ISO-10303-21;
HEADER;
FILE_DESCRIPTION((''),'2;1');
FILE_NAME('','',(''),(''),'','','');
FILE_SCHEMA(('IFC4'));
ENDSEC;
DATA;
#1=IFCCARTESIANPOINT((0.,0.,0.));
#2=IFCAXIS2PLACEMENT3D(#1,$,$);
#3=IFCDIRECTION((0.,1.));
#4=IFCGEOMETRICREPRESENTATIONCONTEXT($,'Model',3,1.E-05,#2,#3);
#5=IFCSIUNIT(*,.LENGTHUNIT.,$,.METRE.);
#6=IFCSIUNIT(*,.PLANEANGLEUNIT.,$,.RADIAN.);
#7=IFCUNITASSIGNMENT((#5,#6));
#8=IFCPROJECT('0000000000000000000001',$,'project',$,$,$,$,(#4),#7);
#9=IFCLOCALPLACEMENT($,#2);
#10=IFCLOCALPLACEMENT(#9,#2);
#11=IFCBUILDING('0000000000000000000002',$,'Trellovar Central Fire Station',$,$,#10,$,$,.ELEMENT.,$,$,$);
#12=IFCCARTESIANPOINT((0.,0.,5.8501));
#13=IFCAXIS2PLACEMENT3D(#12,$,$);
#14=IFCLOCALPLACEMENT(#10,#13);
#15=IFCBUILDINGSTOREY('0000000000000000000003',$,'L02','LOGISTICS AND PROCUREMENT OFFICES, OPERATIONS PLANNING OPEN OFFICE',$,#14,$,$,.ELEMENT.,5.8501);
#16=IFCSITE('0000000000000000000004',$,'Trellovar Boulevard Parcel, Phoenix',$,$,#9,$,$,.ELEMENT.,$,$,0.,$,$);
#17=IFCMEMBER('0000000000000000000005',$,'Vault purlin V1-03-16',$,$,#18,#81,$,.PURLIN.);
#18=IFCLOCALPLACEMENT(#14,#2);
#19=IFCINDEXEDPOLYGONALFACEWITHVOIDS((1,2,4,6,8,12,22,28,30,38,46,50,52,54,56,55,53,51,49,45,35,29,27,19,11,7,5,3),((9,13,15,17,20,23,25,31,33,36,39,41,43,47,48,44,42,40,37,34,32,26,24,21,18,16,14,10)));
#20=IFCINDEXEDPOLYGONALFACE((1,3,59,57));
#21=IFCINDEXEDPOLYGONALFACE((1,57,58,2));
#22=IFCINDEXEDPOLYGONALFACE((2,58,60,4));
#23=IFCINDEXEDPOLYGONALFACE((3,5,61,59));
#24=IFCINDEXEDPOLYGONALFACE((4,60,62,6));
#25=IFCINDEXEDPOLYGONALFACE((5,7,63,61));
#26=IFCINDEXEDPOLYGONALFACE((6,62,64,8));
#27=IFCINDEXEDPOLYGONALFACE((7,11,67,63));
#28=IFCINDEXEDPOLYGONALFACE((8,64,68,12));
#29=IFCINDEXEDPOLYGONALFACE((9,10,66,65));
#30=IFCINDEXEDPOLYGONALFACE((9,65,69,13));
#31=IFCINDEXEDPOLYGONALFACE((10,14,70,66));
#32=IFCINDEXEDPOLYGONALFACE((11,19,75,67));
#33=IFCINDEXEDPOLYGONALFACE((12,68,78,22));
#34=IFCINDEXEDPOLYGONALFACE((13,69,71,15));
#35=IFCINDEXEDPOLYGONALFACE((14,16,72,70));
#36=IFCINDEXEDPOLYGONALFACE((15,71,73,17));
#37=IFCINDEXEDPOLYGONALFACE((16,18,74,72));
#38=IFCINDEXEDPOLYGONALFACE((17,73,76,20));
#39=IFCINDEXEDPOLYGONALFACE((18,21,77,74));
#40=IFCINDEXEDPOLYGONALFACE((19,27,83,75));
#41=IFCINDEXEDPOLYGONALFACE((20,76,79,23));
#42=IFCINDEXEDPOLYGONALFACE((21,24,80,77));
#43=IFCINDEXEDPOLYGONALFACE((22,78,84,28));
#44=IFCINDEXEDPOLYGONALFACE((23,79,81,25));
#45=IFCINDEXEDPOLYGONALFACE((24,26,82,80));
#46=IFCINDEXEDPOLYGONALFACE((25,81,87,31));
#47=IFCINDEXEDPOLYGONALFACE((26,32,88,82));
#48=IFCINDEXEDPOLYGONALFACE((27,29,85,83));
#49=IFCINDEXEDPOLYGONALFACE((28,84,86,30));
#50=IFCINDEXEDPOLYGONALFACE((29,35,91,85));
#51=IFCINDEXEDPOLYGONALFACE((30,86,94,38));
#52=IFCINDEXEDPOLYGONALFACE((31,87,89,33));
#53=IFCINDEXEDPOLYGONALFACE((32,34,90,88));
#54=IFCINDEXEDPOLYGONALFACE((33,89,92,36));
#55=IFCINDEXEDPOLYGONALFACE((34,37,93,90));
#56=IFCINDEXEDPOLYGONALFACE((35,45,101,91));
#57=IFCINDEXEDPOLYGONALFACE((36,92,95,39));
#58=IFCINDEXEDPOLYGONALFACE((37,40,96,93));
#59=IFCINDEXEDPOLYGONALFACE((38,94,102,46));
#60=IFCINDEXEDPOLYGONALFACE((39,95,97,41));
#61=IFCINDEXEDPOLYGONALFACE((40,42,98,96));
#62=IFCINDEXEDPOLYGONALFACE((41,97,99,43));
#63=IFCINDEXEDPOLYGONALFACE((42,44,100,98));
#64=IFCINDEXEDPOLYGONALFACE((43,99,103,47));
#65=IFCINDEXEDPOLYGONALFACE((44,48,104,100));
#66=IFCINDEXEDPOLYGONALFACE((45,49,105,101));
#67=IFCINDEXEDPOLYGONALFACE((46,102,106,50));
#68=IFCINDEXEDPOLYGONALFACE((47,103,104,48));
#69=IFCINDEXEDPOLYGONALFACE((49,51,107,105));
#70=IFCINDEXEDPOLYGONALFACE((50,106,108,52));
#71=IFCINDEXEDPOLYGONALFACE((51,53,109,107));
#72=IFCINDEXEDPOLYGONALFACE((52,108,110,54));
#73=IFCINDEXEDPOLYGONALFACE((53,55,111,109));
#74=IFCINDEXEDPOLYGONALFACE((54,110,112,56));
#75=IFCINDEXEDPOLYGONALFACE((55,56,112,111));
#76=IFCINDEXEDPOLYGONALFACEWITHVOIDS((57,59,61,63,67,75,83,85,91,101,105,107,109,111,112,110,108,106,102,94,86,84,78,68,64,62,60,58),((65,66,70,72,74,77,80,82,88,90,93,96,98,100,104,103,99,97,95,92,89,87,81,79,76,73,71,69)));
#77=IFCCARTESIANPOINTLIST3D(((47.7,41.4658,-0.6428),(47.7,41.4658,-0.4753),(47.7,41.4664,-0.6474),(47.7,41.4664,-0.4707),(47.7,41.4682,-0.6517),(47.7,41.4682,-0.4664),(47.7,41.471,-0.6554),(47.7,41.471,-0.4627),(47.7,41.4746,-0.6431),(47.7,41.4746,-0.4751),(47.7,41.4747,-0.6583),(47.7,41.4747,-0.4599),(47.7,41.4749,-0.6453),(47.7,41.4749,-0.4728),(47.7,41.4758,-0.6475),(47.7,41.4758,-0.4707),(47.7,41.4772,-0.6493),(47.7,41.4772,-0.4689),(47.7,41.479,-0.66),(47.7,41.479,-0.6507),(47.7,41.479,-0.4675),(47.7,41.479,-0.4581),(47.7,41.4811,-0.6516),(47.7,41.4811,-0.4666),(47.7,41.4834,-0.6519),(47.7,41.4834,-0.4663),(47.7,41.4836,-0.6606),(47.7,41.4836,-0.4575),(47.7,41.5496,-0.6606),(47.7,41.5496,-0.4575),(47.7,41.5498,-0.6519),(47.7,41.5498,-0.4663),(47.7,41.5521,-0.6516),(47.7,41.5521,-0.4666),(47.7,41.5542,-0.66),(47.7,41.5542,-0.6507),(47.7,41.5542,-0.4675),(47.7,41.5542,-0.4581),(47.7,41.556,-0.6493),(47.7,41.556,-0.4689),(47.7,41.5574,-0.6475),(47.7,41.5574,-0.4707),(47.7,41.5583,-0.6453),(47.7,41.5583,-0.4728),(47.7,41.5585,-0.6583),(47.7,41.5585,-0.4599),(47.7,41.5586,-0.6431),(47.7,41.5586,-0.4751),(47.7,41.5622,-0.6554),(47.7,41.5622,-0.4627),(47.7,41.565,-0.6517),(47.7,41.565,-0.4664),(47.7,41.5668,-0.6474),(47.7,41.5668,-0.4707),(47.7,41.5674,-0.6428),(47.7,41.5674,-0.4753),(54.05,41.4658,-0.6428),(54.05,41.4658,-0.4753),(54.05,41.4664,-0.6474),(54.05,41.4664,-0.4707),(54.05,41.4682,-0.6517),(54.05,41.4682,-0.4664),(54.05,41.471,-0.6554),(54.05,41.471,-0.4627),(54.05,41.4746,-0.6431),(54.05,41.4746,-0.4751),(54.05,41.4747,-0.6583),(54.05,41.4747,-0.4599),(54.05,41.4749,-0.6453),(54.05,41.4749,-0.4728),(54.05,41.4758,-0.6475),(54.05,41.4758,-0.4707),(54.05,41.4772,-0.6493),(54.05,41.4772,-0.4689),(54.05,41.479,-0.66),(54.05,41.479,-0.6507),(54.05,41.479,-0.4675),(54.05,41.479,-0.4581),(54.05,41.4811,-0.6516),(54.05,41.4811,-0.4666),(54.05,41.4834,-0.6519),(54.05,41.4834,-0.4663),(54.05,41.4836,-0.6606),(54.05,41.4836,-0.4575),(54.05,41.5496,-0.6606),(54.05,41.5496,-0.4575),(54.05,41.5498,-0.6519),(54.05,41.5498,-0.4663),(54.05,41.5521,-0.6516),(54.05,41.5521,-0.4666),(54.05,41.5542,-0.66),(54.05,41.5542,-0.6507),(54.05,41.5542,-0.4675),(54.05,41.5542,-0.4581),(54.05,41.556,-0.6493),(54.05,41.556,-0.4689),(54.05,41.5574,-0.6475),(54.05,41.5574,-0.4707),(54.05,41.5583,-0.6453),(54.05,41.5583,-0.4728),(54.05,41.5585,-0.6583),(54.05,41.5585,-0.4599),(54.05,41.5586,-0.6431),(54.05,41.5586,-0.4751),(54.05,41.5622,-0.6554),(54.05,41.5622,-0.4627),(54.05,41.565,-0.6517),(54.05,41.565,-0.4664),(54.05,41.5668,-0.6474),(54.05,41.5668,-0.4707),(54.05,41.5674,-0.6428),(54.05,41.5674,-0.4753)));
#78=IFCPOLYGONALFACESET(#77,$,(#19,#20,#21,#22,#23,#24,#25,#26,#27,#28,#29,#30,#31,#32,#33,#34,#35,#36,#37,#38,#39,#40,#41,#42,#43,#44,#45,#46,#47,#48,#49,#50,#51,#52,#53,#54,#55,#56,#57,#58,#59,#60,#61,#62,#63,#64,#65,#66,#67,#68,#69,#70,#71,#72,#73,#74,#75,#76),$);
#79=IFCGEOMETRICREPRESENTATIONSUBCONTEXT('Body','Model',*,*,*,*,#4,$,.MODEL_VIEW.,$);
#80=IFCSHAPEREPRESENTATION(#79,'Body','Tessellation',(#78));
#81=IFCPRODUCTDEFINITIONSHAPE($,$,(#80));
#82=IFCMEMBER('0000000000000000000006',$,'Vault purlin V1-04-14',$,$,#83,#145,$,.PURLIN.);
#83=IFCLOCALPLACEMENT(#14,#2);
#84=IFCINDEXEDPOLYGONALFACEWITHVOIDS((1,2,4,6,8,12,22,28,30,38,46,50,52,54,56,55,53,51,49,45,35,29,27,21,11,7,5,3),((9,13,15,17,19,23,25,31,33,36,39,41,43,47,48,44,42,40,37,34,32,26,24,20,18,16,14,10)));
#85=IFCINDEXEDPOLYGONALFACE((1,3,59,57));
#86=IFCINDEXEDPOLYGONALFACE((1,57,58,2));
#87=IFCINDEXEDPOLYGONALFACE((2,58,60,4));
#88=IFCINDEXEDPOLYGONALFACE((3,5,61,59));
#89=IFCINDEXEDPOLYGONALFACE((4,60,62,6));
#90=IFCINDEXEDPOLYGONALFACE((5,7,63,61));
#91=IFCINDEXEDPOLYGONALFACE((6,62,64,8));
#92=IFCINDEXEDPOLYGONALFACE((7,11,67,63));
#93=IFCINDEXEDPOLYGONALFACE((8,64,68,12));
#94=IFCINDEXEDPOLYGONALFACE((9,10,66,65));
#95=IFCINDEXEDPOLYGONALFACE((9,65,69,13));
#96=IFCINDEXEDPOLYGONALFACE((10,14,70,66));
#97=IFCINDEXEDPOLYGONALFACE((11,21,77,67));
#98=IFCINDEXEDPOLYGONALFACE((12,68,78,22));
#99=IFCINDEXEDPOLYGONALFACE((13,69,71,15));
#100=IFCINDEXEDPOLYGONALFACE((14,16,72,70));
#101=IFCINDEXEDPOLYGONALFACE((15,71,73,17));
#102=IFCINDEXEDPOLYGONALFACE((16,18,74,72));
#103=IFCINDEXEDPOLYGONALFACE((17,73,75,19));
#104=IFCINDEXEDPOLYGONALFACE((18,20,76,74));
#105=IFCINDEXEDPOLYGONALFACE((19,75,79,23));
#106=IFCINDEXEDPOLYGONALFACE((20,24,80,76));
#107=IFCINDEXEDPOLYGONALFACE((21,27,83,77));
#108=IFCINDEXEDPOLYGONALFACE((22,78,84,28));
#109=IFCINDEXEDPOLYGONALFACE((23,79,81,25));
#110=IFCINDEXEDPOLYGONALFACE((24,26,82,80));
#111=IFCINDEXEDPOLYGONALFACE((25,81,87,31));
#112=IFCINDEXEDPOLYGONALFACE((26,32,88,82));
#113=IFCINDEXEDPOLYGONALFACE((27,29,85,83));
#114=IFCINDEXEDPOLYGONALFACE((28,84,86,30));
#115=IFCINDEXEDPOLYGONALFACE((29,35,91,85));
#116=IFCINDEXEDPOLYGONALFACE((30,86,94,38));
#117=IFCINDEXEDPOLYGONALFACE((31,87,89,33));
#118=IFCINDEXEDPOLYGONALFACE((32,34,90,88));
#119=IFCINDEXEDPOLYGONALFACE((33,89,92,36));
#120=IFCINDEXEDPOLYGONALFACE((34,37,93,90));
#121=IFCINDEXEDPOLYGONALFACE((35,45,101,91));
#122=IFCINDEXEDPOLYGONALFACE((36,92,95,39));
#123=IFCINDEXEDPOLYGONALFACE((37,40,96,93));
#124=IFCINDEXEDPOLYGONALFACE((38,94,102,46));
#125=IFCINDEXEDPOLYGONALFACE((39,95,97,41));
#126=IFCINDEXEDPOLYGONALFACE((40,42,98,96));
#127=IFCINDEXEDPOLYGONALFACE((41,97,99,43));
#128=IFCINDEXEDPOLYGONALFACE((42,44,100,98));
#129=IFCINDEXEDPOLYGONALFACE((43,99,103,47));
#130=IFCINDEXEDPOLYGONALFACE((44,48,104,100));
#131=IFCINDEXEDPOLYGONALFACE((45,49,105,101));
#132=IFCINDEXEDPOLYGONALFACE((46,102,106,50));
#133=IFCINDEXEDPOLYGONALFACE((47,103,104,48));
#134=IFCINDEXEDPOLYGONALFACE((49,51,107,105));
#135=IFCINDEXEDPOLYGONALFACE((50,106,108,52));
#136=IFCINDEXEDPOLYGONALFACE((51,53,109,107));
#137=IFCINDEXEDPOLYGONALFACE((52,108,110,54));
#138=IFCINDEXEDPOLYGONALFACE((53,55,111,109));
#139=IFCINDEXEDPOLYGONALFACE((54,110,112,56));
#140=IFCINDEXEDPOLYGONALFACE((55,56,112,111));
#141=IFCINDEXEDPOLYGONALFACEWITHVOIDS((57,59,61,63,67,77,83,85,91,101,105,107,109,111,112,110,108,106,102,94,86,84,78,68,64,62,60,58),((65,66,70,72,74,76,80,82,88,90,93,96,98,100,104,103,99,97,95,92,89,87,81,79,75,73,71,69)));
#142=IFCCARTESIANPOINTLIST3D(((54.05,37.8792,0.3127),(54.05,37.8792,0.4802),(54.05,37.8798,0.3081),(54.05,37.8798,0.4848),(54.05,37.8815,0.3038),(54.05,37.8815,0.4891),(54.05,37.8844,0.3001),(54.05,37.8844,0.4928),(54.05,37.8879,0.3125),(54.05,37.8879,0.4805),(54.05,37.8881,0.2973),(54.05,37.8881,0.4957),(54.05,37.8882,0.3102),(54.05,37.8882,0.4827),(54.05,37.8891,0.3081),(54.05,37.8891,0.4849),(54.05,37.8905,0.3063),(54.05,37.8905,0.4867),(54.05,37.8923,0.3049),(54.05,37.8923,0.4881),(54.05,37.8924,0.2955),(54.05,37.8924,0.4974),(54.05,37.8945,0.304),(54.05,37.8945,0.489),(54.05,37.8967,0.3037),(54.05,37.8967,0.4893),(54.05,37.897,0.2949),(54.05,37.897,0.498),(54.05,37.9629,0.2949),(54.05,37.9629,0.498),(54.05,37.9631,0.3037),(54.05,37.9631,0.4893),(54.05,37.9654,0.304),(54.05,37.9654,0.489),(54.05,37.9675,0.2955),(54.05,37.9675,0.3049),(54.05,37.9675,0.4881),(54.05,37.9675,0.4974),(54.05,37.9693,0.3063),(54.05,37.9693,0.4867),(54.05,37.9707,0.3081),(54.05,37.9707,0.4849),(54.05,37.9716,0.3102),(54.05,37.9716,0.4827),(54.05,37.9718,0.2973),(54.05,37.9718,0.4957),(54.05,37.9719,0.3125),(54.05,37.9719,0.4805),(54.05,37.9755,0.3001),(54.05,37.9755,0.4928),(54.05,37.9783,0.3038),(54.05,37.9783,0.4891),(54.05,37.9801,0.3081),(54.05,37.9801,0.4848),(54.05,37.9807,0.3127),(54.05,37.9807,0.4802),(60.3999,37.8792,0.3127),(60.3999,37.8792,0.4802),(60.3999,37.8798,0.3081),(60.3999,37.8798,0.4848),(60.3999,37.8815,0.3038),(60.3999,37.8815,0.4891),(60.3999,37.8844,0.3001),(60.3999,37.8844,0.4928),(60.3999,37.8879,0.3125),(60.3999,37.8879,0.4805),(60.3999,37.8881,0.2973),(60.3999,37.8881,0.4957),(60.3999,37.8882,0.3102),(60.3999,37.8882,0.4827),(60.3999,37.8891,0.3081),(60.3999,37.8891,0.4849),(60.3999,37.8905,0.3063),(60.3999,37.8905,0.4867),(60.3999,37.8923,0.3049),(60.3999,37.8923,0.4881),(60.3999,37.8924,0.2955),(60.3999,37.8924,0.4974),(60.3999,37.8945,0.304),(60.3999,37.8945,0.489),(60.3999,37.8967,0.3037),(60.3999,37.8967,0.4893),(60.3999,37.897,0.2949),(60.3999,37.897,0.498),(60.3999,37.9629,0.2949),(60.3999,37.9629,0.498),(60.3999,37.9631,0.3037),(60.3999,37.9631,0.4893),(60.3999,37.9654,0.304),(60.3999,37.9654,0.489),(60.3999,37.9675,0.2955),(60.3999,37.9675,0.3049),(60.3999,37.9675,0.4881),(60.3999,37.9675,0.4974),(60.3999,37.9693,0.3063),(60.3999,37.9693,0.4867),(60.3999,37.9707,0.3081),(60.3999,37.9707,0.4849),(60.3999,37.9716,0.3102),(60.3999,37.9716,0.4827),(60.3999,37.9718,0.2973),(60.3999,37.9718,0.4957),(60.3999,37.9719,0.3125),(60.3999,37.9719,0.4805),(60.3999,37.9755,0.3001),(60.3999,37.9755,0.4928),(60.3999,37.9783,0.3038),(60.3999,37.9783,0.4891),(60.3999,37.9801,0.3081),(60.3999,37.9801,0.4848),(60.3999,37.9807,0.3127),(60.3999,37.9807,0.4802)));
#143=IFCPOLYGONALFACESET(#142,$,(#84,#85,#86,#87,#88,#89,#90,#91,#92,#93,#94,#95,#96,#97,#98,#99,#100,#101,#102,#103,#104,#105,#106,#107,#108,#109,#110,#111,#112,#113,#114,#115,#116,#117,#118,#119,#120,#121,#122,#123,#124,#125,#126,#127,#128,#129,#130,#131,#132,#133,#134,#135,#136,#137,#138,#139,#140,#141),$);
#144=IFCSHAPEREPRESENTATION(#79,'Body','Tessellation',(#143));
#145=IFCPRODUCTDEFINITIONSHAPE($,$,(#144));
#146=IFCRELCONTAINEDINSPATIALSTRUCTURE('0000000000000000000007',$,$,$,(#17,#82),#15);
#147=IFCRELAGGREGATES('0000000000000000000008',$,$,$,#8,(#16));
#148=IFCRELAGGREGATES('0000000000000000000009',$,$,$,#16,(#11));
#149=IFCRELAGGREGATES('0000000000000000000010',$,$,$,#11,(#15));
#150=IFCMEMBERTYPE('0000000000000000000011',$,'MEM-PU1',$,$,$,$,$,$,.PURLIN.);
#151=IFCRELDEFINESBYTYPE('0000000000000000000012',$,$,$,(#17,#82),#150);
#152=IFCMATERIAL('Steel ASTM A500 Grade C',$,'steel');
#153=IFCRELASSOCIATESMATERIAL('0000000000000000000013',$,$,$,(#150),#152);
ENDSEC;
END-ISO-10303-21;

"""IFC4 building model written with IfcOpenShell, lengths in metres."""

from ifc_helpers import new_model, si_unit, direction, frame, origin, origin_2d, place, context, subcontext, project, spatial, hollow_rectangle, extrude, material, material_profile, profile_set, type_object, element, save


model = new_model("IFC4")

# Units and contexts
model_context = context("Model", 3, precision=1e-05, world=origin(), true_north=direction((0.0, 1.0)))
body_context = subcontext(model_context, "Body", "Model", "MODEL_VIEW")
ifc_project = project(units=[si_unit("LENGTHUNIT", "METRE"), si_unit("PLANEANGLEUNIT", "RADIAN")], contexts=[model_context])

# Site, building, storey
site_placement = place(None, origin())
site = spatial("IfcSite", under=ifc_project, at=site_placement, Name="Trellovar Boulevard Parcel, Phoenix", CompositionType="ELEMENT", RefElevation=0.0)
building_placement = place(site_placement, origin())
building = spatial("IfcBuilding", under=site, at=building_placement, Name="Trellovar Central Fire Station", CompositionType="ELEMENT")
storey_placement = place(building_placement, frame((0.0, 0.0, 5.8501)))
storey = spatial("IfcBuildingStorey", under=building, at=storey_placement, Name="L02", Description="LOGISTICS AND PROCUREMENT OFFICES, OPERATIONS PLANNING OPEN OFFICE", CompositionType="ELEMENT", Elevation=5.8501)

# Members
ifc_material_1 = material(Name="Steel ASTM A500 Grade C", Category="steel")
ifc_material_profile_1 = material_profile(ifc_material_1, hollow_rectangle(XDim=0.1016, YDim=0.2031, WallThickness=0.0088, InnerFilletRadius=0.0088, OuterFilletRadius=0.0178, at=origin_2d()), Name="HSS8X4X3/8")
ifc_profile_set_1 = profile_set([ifc_material_profile_1], Name="Steel ASTM A500 Grade C")
member_type_1 = type_object("IfcMemberType", Name="MEM-PU1", PredefinedType="PURLIN", material=ifc_profile_set_1)
for number, where, z_axis, x_axis, name in (
    (1, (47.7, 41.5166, -0.5591), (1.0, 0.0, 0.0), (0.0, 1.0, 0.0), "Vault purlin V1-03-16"),
):
    element("IfcMember", number, at=place(storey_placement, frame(where, z_axis=z_axis, x_axis=x_axis)), inside=storey, type_object=member_type_1, Name=name, PredefinedType="PURLIN", context=body_context, shape_type="SweptSolid", body=[
        extrude(hollow_rectangle(XDim=0.1016, YDim=0.2031, WallThickness=0.0088, InnerFilletRadius=0.0088, OuterFilletRadius=0.0178, at=origin_2d()), origin(), (0.0, 0.0, 1.0), 6.3501),
    ])
for number, where, z_axis, x_axis, name in (
    (2, (54.05, 37.9299, 0.3965), (1.0, 0.0, 0.0), (0.0, 1.0, 0.0), "Vault purlin V1-04-14"),
):
    element("IfcMember", number, at=place(storey_placement, frame(where, z_axis=z_axis, x_axis=x_axis)), inside=storey, type_object=member_type_1, Name=name, PredefinedType="PURLIN", context=body_context, shape_type="SweptSolid", body=[
        extrude(hollow_rectangle(XDim=0.1016, YDim=0.2031, WallThickness=0.0088, InnerFilletRadius=0.0088, OuterFilletRadius=0.0178, at=origin_2d()), origin(), (0.0, 0.0, 1.0), 6.3499),
    ])

save(model, "model.ifc")
